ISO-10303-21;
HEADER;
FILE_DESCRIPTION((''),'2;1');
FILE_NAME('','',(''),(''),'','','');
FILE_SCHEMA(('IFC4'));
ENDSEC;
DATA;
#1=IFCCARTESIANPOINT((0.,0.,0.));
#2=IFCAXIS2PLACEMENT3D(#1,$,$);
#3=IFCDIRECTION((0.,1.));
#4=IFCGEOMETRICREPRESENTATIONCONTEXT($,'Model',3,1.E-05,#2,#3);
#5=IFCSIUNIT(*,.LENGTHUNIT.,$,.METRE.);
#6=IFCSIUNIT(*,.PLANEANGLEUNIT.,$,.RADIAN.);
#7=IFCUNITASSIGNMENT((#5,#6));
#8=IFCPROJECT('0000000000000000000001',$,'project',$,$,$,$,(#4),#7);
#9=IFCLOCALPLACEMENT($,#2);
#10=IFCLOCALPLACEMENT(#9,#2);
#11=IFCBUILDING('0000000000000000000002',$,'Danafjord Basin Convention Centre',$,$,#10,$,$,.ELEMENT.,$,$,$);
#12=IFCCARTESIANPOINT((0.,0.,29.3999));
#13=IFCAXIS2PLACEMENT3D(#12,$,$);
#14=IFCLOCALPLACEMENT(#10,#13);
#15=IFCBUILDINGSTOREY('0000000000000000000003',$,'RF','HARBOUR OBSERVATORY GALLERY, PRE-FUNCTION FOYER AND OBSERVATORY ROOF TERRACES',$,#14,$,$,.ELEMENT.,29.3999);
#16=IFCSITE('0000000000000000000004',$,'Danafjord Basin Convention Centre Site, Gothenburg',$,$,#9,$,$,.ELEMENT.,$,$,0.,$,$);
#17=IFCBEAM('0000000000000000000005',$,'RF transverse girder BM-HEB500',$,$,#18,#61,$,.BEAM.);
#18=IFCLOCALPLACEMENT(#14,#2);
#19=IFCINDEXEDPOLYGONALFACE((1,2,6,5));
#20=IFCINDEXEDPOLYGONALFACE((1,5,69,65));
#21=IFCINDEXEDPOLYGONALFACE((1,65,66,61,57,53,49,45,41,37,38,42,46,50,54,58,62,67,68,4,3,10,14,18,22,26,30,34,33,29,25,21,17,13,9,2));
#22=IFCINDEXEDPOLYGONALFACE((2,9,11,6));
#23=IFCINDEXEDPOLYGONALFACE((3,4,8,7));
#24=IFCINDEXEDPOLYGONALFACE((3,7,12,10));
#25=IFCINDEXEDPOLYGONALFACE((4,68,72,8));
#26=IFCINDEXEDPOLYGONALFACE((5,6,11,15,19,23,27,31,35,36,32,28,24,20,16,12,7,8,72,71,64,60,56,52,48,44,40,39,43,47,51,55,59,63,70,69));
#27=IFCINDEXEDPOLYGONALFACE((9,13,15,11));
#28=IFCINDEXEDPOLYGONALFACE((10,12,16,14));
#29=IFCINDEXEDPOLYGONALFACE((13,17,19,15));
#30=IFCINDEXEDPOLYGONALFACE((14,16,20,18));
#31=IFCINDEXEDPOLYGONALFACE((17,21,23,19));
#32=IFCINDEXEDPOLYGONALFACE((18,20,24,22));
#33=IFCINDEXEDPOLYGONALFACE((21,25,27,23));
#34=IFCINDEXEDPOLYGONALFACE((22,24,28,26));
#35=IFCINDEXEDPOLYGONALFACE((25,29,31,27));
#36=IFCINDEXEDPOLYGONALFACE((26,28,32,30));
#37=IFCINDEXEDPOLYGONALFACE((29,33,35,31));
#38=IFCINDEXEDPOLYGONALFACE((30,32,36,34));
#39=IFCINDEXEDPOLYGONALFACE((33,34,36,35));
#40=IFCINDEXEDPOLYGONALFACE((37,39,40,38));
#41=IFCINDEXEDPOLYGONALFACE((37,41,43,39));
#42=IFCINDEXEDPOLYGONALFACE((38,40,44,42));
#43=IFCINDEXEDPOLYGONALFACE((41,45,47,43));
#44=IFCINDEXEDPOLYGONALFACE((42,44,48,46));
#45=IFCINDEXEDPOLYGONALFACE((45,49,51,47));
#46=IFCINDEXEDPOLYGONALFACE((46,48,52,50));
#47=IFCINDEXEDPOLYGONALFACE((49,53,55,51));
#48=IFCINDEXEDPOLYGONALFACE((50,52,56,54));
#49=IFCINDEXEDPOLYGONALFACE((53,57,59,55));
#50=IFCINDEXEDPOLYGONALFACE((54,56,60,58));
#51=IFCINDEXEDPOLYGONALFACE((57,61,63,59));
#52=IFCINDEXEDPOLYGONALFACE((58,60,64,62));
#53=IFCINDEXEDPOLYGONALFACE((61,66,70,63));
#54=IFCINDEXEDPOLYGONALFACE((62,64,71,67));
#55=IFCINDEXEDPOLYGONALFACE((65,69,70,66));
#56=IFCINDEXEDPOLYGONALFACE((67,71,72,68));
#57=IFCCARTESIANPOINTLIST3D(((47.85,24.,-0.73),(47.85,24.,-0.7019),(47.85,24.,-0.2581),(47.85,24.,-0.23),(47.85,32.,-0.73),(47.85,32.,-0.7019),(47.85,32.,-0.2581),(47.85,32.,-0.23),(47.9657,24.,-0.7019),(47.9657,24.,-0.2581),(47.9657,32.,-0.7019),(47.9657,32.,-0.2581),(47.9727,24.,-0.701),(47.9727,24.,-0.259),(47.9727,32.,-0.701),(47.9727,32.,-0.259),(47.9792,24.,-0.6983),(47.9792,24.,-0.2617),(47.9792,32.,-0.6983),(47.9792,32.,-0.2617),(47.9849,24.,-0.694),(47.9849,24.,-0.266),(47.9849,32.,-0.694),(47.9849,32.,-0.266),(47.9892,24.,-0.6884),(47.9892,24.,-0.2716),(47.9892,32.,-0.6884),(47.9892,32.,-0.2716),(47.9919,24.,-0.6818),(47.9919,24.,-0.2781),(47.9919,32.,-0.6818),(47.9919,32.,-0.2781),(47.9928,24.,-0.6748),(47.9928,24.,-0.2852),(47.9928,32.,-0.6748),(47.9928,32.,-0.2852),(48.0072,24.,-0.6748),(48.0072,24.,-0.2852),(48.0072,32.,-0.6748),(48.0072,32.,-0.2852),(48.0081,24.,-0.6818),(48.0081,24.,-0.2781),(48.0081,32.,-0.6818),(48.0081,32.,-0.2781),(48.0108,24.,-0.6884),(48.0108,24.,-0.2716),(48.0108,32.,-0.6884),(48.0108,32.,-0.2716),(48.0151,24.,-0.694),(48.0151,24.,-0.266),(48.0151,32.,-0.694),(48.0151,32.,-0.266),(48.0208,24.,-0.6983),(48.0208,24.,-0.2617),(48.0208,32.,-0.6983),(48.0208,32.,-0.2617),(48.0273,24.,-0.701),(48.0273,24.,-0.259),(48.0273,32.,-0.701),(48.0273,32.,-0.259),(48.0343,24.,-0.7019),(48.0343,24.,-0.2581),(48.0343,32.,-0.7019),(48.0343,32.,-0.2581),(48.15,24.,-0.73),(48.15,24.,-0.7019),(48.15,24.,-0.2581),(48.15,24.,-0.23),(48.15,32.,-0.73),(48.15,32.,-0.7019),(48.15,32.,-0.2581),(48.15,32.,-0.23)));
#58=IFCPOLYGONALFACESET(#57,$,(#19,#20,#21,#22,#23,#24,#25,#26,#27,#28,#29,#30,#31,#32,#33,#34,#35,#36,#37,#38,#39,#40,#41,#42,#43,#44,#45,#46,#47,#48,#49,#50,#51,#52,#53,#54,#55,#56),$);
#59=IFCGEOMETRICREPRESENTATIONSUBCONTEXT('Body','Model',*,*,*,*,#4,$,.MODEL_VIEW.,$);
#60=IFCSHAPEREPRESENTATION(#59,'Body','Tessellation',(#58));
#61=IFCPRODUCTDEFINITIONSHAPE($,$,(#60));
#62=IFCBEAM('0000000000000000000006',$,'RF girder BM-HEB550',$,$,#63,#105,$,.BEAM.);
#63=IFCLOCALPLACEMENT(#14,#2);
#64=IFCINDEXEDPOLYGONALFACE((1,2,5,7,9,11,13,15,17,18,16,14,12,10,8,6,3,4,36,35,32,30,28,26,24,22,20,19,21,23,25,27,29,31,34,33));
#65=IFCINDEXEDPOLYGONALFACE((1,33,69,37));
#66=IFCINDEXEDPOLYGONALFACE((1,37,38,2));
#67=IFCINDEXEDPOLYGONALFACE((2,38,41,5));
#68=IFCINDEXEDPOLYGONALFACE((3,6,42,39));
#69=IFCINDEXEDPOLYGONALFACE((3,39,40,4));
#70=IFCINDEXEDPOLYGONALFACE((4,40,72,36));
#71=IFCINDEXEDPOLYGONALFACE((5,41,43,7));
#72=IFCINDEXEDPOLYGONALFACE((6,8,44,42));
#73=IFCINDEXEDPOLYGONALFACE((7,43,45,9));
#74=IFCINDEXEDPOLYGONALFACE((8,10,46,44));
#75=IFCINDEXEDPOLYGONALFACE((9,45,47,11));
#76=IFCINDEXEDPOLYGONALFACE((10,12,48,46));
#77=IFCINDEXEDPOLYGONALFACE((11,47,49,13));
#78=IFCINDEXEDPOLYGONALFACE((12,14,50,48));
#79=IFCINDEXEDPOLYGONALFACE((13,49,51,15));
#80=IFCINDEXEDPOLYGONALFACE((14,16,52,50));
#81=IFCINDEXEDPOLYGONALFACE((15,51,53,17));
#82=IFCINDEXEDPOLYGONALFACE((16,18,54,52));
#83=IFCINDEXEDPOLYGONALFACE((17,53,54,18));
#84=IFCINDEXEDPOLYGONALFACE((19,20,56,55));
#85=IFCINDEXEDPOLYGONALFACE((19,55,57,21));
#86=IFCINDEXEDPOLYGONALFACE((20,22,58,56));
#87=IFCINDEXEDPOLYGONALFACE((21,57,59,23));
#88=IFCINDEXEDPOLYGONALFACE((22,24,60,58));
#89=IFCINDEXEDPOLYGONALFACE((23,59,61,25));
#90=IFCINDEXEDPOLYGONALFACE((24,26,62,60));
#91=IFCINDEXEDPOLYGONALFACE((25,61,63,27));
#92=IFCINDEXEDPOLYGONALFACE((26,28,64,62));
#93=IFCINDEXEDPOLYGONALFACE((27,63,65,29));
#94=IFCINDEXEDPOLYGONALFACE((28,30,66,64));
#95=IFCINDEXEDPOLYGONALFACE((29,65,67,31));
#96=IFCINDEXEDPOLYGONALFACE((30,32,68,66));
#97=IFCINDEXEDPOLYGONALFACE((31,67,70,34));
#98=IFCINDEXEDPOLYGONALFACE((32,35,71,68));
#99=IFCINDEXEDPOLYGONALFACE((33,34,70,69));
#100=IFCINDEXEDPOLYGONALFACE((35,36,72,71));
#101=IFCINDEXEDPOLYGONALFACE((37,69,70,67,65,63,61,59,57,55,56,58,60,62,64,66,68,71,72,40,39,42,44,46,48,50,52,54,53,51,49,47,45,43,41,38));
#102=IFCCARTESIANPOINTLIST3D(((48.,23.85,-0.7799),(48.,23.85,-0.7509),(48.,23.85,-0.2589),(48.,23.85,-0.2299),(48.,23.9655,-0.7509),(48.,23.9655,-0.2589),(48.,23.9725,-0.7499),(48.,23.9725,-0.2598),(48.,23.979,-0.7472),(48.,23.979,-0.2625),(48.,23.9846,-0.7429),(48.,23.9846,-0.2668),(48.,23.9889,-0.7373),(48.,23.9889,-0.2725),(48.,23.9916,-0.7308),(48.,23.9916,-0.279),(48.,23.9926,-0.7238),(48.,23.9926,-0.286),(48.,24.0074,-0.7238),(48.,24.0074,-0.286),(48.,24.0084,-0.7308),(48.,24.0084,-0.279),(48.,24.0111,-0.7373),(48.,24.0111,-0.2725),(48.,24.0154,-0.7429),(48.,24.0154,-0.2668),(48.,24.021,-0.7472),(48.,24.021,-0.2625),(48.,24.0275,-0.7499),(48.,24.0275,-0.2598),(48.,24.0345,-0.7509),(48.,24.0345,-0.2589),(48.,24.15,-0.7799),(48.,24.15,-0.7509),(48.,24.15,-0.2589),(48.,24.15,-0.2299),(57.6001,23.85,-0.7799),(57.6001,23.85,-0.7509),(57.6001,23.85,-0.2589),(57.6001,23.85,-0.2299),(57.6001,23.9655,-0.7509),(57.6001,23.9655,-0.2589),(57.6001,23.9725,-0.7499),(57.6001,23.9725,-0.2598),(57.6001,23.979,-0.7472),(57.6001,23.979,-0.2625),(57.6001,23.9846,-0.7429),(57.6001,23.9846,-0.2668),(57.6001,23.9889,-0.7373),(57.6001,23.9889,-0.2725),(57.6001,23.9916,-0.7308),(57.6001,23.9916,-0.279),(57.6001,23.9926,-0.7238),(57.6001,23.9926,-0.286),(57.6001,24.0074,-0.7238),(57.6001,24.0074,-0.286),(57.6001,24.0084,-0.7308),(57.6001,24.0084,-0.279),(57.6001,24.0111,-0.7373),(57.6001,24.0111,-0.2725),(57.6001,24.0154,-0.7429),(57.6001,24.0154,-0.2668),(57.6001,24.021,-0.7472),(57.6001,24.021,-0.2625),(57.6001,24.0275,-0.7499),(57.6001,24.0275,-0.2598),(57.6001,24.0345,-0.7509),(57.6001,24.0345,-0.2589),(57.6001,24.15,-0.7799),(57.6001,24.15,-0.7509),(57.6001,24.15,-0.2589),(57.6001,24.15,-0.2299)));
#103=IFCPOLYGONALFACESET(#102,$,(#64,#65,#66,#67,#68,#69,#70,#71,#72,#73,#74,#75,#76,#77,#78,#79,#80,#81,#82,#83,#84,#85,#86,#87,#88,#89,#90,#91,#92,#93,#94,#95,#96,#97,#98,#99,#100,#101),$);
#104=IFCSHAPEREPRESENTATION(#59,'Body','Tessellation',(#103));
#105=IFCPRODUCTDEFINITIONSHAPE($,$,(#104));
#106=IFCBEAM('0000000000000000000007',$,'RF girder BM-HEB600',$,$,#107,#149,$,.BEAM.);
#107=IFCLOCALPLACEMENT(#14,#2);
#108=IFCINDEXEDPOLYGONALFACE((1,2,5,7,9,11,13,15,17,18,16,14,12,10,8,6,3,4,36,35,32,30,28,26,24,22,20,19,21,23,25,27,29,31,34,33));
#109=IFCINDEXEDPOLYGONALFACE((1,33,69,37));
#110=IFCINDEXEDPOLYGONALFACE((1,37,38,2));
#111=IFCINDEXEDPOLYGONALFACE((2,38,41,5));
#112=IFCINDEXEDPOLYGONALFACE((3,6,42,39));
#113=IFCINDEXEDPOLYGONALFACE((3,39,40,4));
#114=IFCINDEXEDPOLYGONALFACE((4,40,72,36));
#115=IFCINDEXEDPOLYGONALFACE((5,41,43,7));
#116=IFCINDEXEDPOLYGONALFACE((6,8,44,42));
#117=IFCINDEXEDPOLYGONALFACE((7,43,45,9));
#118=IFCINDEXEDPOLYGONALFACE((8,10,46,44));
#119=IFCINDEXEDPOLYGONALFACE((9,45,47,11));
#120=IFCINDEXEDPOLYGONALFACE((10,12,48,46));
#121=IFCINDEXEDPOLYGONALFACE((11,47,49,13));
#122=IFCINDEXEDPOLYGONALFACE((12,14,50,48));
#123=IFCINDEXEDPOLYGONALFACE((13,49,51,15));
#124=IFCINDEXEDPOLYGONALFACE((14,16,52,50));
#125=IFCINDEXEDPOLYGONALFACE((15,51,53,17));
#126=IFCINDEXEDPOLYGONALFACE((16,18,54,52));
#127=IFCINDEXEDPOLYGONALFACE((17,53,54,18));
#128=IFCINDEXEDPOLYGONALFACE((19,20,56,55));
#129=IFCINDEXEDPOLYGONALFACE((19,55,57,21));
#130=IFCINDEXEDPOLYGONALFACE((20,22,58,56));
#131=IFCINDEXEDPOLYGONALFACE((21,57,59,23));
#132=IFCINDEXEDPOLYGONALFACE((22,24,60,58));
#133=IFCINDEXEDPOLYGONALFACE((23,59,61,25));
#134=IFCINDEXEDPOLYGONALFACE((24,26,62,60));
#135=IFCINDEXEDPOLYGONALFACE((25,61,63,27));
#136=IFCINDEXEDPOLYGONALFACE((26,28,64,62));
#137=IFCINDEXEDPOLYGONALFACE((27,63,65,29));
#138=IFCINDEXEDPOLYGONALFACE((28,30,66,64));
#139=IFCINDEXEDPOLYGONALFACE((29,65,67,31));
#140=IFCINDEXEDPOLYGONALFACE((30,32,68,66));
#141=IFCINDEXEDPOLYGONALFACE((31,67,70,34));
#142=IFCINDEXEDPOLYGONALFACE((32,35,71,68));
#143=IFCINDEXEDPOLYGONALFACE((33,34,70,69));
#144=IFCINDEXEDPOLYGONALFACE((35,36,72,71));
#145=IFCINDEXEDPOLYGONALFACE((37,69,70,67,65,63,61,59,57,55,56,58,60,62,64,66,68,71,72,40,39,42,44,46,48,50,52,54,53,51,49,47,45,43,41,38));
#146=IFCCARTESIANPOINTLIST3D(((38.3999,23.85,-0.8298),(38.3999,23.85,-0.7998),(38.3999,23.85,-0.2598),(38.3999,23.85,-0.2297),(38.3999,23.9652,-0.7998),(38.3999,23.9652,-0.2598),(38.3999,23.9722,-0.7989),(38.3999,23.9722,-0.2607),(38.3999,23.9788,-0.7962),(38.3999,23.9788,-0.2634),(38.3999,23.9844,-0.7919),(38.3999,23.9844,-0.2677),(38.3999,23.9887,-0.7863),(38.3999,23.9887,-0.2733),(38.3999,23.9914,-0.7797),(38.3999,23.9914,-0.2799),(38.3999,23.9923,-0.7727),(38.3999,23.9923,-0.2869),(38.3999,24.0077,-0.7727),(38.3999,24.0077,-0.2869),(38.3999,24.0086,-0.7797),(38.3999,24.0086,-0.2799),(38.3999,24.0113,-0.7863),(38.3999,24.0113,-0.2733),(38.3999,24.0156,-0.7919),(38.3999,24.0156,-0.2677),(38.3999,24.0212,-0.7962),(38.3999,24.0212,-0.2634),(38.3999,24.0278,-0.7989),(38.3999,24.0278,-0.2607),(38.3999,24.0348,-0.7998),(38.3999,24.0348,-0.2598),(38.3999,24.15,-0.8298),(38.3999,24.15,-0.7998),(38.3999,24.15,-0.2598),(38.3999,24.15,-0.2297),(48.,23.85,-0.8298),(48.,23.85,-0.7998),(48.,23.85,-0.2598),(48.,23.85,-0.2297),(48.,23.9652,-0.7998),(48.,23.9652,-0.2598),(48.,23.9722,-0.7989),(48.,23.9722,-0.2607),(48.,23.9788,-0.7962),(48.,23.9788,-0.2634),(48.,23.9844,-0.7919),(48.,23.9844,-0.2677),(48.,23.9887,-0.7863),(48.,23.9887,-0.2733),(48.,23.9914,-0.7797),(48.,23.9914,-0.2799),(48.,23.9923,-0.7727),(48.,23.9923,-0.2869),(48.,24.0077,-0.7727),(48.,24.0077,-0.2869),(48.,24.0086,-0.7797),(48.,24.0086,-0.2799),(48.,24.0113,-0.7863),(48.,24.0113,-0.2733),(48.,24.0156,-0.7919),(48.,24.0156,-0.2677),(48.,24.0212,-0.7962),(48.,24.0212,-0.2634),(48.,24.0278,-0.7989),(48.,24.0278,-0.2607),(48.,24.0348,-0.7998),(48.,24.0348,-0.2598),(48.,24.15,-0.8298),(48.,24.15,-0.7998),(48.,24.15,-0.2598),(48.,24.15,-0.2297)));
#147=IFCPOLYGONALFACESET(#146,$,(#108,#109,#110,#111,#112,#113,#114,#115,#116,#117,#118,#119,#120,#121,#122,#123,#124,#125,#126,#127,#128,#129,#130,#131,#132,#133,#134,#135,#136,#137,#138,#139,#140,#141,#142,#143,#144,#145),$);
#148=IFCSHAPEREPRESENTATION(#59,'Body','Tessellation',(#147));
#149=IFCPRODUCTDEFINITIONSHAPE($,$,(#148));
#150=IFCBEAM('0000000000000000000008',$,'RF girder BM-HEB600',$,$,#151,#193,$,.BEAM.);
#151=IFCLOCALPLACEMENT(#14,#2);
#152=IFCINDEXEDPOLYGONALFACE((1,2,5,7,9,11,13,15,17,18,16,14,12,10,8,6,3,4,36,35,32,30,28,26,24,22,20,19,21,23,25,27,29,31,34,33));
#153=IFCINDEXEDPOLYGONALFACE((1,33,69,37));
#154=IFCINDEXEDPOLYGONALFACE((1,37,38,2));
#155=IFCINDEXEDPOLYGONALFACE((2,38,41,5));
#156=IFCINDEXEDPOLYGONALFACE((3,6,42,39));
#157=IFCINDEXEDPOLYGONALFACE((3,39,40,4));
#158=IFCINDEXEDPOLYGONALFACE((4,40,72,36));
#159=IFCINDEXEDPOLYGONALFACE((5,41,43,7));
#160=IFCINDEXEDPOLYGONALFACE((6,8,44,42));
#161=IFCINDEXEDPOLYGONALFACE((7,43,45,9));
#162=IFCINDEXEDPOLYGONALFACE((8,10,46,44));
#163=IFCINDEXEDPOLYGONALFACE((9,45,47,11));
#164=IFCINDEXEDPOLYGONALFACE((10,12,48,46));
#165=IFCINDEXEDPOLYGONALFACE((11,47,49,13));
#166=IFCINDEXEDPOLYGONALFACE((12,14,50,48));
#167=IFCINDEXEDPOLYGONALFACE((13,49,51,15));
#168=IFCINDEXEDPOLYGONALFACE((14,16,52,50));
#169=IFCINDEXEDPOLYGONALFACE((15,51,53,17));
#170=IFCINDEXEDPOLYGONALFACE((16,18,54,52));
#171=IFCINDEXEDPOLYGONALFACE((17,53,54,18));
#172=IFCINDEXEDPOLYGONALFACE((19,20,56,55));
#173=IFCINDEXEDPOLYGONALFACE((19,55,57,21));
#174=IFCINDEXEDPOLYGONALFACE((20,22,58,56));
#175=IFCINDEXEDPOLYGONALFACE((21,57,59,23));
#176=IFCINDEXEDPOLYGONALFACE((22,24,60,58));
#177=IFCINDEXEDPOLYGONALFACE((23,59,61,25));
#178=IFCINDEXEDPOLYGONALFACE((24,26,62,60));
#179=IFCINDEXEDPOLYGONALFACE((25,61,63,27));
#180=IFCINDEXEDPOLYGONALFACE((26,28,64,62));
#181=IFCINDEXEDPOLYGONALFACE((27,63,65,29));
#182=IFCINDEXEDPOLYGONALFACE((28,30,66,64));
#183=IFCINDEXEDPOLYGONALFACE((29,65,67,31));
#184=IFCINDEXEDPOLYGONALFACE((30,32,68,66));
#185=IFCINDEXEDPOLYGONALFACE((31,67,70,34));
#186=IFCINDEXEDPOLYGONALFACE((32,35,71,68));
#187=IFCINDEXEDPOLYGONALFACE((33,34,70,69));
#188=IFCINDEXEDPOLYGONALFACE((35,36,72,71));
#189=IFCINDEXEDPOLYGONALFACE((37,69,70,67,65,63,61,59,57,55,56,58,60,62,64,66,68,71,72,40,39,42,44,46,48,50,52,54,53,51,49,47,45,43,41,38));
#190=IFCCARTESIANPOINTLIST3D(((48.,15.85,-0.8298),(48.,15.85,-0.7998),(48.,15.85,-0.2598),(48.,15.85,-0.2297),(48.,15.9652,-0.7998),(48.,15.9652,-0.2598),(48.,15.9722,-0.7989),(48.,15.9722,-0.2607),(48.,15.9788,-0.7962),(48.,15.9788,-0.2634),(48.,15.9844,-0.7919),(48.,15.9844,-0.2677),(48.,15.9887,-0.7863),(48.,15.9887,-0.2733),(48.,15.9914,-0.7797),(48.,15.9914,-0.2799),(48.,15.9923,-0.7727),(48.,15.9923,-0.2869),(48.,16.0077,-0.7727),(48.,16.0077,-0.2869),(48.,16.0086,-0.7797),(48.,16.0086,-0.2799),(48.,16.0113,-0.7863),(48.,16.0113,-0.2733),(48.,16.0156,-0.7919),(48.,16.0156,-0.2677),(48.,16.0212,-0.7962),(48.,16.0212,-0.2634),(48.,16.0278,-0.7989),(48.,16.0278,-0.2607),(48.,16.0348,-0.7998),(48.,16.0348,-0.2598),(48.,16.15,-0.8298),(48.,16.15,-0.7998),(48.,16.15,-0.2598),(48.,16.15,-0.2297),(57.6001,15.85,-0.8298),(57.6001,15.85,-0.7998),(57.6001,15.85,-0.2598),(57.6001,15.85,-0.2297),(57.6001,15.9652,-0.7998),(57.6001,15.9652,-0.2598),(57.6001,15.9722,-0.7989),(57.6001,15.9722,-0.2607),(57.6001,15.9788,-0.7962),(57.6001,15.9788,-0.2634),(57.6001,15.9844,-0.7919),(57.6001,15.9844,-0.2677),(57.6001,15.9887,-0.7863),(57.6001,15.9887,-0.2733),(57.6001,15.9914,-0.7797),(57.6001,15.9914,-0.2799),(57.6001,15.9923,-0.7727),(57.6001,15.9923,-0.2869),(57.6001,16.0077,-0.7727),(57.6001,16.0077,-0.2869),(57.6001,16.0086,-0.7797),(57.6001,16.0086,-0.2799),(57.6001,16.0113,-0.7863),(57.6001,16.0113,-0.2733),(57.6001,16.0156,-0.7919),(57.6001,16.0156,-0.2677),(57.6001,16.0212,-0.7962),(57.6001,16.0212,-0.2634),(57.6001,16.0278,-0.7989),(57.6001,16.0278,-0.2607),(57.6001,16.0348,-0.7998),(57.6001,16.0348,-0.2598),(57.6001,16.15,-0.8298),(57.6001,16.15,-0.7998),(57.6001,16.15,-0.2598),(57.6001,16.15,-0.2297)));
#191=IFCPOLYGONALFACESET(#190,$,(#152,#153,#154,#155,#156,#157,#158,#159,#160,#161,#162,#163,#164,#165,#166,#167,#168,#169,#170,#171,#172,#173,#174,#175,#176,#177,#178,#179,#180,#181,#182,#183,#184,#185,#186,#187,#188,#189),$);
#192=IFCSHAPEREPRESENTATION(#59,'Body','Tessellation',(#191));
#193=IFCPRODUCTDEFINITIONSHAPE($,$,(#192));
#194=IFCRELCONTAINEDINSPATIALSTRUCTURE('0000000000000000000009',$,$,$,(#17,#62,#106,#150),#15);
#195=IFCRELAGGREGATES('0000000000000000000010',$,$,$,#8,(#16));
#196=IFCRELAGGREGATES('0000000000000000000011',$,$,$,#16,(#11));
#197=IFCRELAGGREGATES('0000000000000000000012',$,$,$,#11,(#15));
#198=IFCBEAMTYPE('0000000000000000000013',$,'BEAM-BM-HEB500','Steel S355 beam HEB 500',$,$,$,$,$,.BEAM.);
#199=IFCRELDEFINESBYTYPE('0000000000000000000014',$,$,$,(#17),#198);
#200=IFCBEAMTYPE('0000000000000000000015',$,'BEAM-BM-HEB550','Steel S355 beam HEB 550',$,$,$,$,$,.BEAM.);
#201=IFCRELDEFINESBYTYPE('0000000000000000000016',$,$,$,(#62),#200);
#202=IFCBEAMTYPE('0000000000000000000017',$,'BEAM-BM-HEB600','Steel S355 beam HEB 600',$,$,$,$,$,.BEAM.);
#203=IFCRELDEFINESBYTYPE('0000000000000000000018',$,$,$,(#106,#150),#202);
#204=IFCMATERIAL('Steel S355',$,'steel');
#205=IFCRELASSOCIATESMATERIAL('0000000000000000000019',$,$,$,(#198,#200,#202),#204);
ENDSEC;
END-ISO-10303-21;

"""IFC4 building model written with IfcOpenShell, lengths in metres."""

from ifc_helpers import new_model, si_unit, direction, frame, origin, origin_2d, place, context, subcontext, project, spatial, i_section, extrude, material, material_profile, profile_set, type_object, element, save


model = new_model("IFC4")

# Units and contexts
model_context = context("Model", 3, precision=1e-05, world=origin(), true_north=direction((0.0, 1.0)))
body_context = subcontext(model_context, "Body", "Model", "MODEL_VIEW")
ifc_project = project(units=[si_unit("LENGTHUNIT", "METRE"), si_unit("PLANEANGLEUNIT", "RADIAN")], contexts=[model_context])

# Site, building, storey
site_placement = place(None, origin())
site = spatial("IfcSite", under=ifc_project, at=site_placement, Name="Danafjord Basin Convention Centre Site, Gothenburg", CompositionType="ELEMENT", RefElevation=0.0)
building_placement = place(site_placement, origin())
building = spatial("IfcBuilding", under=site, at=building_placement, Name="Danafjord Basin Convention Centre", CompositionType="ELEMENT")
storey_placement = place(building_placement, frame((0.0, 0.0, 29.3999)))
storey = spatial("IfcBuildingStorey", under=building, at=storey_placement, Name="RF", Description="HARBOUR OBSERVATORY GALLERY, PRE-FUNCTION FOYER AND OBSERVATORY ROOF TERRACES", CompositionType="ELEMENT", Elevation=29.3999)

# Shared definitions
ifc_material_1 = material(Name="Steel S355", Category="steel")

# Beams
ifc_material_profile_1 = material_profile(ifc_material_1, i_section(OverallWidth=0.3, OverallDepth=0.5, WebThickness=0.0144, FlangeThickness=0.0281, FilletRadius=0.0271, at=origin_2d()), Name="HEB 500")
ifc_profile_set_1 = profile_set([ifc_material_profile_1], Name="Steel S355")
beam_type_1 = type_object("IfcBeamType", Name="BEAM-BM-HEB500", Description="Steel S355 beam HEB 500", PredefinedType="BEAM", material=ifc_profile_set_1)
beam_1_placement = place(storey_placement, frame((48.0, 24.0, -0.48), z_axis=(0.0, 1.0, 0.0), x_axis=(-1.0, 0.0, 0.0)))
element("IfcBeam", 1, at=beam_1_placement, inside=storey, type_object=beam_type_1, Name="RF transverse girder BM-HEB500", PredefinedType="BEAM", context=body_context, shape_type="SweptSolid", body=[
    extrude(i_section(OverallWidth=0.3, OverallDepth=0.5, WebThickness=0.0144, FlangeThickness=0.0281, FilletRadius=0.0271, at=origin_2d()), origin(), (0.0, 0.0, 1.0), 8.0),
])
ifc_material_profile_2 = material_profile(ifc_material_1, i_section(OverallWidth=0.3, OverallDepth=0.55, WebThickness=0.0149, FlangeThickness=0.0291, FilletRadius=0.0271, at=origin_2d()), Name="HEB 550")
ifc_profile_set_2 = profile_set([ifc_material_profile_2], Name="Steel S355")
beam_type_2 = type_object("IfcBeamType", Name="BEAM-BM-HEB550", Description="Steel S355 beam HEB 550", PredefinedType="BEAM", material=ifc_profile_set_2)
beam_2_placement = place(storey_placement, frame((48.0, 24.0, -0.5049), z_axis=(1.0, 0.0, 0.0), x_axis=(0.0, 1.0, 0.0)))
element("IfcBeam", 2, at=beam_2_placement, inside=storey, type_object=beam_type_2, Name="RF girder BM-HEB550", PredefinedType="BEAM", context=body_context, shape_type="SweptSolid", body=[
    extrude(i_section(OverallWidth=0.3, OverallDepth=0.55, WebThickness=0.0149, FlangeThickness=0.0291, FilletRadius=0.0271, at=origin_2d()), origin(), (0.0, 0.0, 1.0), 9.6001),
])
ifc_material_profile_3 = material_profile(ifc_material_1, i_section(OverallWidth=0.3, OverallDepth=0.6001, WebThickness=0.0154, FlangeThickness=0.03, FilletRadius=0.0271, at=origin_2d()), Name="HEB 600")
ifc_profile_set_3 = profile_set([ifc_material_profile_3], Name="Steel S355")
beam_type_3 = type_object("IfcBeamType", Name="BEAM-BM-HEB600", Description="Steel S355 beam HEB 600", PredefinedType="BEAM", material=ifc_profile_set_3)
for number, where, z_axis, x_axis, name in (
    (3, (38.3999, 24.0, -0.5298), (1.0, 0.0, 0.0), (0.0, 1.0, 0.0), "RF girder BM-HEB600"),
    (4, (48.0, 16.0, -0.5298), (1.0, 0.0, 0.0), (0.0, 1.0, 0.0), "RF girder BM-HEB600"),
):
    element("IfcBeam", number, at=place(storey_placement, frame(where, z_axis=z_axis, x_axis=x_axis)), inside=storey, type_object=beam_type_3, Name=name, PredefinedType="BEAM", context=body_context, shape_type="SweptSolid", body=[
        extrude(i_section(OverallWidth=0.3, OverallDepth=0.6001, WebThickness=0.0154, FlangeThickness=0.03, FilletRadius=0.0271, at=origin_2d()), origin(), (0.0, 0.0, 1.0), 9.6001),
    ])

save(model, "model.ifc")
